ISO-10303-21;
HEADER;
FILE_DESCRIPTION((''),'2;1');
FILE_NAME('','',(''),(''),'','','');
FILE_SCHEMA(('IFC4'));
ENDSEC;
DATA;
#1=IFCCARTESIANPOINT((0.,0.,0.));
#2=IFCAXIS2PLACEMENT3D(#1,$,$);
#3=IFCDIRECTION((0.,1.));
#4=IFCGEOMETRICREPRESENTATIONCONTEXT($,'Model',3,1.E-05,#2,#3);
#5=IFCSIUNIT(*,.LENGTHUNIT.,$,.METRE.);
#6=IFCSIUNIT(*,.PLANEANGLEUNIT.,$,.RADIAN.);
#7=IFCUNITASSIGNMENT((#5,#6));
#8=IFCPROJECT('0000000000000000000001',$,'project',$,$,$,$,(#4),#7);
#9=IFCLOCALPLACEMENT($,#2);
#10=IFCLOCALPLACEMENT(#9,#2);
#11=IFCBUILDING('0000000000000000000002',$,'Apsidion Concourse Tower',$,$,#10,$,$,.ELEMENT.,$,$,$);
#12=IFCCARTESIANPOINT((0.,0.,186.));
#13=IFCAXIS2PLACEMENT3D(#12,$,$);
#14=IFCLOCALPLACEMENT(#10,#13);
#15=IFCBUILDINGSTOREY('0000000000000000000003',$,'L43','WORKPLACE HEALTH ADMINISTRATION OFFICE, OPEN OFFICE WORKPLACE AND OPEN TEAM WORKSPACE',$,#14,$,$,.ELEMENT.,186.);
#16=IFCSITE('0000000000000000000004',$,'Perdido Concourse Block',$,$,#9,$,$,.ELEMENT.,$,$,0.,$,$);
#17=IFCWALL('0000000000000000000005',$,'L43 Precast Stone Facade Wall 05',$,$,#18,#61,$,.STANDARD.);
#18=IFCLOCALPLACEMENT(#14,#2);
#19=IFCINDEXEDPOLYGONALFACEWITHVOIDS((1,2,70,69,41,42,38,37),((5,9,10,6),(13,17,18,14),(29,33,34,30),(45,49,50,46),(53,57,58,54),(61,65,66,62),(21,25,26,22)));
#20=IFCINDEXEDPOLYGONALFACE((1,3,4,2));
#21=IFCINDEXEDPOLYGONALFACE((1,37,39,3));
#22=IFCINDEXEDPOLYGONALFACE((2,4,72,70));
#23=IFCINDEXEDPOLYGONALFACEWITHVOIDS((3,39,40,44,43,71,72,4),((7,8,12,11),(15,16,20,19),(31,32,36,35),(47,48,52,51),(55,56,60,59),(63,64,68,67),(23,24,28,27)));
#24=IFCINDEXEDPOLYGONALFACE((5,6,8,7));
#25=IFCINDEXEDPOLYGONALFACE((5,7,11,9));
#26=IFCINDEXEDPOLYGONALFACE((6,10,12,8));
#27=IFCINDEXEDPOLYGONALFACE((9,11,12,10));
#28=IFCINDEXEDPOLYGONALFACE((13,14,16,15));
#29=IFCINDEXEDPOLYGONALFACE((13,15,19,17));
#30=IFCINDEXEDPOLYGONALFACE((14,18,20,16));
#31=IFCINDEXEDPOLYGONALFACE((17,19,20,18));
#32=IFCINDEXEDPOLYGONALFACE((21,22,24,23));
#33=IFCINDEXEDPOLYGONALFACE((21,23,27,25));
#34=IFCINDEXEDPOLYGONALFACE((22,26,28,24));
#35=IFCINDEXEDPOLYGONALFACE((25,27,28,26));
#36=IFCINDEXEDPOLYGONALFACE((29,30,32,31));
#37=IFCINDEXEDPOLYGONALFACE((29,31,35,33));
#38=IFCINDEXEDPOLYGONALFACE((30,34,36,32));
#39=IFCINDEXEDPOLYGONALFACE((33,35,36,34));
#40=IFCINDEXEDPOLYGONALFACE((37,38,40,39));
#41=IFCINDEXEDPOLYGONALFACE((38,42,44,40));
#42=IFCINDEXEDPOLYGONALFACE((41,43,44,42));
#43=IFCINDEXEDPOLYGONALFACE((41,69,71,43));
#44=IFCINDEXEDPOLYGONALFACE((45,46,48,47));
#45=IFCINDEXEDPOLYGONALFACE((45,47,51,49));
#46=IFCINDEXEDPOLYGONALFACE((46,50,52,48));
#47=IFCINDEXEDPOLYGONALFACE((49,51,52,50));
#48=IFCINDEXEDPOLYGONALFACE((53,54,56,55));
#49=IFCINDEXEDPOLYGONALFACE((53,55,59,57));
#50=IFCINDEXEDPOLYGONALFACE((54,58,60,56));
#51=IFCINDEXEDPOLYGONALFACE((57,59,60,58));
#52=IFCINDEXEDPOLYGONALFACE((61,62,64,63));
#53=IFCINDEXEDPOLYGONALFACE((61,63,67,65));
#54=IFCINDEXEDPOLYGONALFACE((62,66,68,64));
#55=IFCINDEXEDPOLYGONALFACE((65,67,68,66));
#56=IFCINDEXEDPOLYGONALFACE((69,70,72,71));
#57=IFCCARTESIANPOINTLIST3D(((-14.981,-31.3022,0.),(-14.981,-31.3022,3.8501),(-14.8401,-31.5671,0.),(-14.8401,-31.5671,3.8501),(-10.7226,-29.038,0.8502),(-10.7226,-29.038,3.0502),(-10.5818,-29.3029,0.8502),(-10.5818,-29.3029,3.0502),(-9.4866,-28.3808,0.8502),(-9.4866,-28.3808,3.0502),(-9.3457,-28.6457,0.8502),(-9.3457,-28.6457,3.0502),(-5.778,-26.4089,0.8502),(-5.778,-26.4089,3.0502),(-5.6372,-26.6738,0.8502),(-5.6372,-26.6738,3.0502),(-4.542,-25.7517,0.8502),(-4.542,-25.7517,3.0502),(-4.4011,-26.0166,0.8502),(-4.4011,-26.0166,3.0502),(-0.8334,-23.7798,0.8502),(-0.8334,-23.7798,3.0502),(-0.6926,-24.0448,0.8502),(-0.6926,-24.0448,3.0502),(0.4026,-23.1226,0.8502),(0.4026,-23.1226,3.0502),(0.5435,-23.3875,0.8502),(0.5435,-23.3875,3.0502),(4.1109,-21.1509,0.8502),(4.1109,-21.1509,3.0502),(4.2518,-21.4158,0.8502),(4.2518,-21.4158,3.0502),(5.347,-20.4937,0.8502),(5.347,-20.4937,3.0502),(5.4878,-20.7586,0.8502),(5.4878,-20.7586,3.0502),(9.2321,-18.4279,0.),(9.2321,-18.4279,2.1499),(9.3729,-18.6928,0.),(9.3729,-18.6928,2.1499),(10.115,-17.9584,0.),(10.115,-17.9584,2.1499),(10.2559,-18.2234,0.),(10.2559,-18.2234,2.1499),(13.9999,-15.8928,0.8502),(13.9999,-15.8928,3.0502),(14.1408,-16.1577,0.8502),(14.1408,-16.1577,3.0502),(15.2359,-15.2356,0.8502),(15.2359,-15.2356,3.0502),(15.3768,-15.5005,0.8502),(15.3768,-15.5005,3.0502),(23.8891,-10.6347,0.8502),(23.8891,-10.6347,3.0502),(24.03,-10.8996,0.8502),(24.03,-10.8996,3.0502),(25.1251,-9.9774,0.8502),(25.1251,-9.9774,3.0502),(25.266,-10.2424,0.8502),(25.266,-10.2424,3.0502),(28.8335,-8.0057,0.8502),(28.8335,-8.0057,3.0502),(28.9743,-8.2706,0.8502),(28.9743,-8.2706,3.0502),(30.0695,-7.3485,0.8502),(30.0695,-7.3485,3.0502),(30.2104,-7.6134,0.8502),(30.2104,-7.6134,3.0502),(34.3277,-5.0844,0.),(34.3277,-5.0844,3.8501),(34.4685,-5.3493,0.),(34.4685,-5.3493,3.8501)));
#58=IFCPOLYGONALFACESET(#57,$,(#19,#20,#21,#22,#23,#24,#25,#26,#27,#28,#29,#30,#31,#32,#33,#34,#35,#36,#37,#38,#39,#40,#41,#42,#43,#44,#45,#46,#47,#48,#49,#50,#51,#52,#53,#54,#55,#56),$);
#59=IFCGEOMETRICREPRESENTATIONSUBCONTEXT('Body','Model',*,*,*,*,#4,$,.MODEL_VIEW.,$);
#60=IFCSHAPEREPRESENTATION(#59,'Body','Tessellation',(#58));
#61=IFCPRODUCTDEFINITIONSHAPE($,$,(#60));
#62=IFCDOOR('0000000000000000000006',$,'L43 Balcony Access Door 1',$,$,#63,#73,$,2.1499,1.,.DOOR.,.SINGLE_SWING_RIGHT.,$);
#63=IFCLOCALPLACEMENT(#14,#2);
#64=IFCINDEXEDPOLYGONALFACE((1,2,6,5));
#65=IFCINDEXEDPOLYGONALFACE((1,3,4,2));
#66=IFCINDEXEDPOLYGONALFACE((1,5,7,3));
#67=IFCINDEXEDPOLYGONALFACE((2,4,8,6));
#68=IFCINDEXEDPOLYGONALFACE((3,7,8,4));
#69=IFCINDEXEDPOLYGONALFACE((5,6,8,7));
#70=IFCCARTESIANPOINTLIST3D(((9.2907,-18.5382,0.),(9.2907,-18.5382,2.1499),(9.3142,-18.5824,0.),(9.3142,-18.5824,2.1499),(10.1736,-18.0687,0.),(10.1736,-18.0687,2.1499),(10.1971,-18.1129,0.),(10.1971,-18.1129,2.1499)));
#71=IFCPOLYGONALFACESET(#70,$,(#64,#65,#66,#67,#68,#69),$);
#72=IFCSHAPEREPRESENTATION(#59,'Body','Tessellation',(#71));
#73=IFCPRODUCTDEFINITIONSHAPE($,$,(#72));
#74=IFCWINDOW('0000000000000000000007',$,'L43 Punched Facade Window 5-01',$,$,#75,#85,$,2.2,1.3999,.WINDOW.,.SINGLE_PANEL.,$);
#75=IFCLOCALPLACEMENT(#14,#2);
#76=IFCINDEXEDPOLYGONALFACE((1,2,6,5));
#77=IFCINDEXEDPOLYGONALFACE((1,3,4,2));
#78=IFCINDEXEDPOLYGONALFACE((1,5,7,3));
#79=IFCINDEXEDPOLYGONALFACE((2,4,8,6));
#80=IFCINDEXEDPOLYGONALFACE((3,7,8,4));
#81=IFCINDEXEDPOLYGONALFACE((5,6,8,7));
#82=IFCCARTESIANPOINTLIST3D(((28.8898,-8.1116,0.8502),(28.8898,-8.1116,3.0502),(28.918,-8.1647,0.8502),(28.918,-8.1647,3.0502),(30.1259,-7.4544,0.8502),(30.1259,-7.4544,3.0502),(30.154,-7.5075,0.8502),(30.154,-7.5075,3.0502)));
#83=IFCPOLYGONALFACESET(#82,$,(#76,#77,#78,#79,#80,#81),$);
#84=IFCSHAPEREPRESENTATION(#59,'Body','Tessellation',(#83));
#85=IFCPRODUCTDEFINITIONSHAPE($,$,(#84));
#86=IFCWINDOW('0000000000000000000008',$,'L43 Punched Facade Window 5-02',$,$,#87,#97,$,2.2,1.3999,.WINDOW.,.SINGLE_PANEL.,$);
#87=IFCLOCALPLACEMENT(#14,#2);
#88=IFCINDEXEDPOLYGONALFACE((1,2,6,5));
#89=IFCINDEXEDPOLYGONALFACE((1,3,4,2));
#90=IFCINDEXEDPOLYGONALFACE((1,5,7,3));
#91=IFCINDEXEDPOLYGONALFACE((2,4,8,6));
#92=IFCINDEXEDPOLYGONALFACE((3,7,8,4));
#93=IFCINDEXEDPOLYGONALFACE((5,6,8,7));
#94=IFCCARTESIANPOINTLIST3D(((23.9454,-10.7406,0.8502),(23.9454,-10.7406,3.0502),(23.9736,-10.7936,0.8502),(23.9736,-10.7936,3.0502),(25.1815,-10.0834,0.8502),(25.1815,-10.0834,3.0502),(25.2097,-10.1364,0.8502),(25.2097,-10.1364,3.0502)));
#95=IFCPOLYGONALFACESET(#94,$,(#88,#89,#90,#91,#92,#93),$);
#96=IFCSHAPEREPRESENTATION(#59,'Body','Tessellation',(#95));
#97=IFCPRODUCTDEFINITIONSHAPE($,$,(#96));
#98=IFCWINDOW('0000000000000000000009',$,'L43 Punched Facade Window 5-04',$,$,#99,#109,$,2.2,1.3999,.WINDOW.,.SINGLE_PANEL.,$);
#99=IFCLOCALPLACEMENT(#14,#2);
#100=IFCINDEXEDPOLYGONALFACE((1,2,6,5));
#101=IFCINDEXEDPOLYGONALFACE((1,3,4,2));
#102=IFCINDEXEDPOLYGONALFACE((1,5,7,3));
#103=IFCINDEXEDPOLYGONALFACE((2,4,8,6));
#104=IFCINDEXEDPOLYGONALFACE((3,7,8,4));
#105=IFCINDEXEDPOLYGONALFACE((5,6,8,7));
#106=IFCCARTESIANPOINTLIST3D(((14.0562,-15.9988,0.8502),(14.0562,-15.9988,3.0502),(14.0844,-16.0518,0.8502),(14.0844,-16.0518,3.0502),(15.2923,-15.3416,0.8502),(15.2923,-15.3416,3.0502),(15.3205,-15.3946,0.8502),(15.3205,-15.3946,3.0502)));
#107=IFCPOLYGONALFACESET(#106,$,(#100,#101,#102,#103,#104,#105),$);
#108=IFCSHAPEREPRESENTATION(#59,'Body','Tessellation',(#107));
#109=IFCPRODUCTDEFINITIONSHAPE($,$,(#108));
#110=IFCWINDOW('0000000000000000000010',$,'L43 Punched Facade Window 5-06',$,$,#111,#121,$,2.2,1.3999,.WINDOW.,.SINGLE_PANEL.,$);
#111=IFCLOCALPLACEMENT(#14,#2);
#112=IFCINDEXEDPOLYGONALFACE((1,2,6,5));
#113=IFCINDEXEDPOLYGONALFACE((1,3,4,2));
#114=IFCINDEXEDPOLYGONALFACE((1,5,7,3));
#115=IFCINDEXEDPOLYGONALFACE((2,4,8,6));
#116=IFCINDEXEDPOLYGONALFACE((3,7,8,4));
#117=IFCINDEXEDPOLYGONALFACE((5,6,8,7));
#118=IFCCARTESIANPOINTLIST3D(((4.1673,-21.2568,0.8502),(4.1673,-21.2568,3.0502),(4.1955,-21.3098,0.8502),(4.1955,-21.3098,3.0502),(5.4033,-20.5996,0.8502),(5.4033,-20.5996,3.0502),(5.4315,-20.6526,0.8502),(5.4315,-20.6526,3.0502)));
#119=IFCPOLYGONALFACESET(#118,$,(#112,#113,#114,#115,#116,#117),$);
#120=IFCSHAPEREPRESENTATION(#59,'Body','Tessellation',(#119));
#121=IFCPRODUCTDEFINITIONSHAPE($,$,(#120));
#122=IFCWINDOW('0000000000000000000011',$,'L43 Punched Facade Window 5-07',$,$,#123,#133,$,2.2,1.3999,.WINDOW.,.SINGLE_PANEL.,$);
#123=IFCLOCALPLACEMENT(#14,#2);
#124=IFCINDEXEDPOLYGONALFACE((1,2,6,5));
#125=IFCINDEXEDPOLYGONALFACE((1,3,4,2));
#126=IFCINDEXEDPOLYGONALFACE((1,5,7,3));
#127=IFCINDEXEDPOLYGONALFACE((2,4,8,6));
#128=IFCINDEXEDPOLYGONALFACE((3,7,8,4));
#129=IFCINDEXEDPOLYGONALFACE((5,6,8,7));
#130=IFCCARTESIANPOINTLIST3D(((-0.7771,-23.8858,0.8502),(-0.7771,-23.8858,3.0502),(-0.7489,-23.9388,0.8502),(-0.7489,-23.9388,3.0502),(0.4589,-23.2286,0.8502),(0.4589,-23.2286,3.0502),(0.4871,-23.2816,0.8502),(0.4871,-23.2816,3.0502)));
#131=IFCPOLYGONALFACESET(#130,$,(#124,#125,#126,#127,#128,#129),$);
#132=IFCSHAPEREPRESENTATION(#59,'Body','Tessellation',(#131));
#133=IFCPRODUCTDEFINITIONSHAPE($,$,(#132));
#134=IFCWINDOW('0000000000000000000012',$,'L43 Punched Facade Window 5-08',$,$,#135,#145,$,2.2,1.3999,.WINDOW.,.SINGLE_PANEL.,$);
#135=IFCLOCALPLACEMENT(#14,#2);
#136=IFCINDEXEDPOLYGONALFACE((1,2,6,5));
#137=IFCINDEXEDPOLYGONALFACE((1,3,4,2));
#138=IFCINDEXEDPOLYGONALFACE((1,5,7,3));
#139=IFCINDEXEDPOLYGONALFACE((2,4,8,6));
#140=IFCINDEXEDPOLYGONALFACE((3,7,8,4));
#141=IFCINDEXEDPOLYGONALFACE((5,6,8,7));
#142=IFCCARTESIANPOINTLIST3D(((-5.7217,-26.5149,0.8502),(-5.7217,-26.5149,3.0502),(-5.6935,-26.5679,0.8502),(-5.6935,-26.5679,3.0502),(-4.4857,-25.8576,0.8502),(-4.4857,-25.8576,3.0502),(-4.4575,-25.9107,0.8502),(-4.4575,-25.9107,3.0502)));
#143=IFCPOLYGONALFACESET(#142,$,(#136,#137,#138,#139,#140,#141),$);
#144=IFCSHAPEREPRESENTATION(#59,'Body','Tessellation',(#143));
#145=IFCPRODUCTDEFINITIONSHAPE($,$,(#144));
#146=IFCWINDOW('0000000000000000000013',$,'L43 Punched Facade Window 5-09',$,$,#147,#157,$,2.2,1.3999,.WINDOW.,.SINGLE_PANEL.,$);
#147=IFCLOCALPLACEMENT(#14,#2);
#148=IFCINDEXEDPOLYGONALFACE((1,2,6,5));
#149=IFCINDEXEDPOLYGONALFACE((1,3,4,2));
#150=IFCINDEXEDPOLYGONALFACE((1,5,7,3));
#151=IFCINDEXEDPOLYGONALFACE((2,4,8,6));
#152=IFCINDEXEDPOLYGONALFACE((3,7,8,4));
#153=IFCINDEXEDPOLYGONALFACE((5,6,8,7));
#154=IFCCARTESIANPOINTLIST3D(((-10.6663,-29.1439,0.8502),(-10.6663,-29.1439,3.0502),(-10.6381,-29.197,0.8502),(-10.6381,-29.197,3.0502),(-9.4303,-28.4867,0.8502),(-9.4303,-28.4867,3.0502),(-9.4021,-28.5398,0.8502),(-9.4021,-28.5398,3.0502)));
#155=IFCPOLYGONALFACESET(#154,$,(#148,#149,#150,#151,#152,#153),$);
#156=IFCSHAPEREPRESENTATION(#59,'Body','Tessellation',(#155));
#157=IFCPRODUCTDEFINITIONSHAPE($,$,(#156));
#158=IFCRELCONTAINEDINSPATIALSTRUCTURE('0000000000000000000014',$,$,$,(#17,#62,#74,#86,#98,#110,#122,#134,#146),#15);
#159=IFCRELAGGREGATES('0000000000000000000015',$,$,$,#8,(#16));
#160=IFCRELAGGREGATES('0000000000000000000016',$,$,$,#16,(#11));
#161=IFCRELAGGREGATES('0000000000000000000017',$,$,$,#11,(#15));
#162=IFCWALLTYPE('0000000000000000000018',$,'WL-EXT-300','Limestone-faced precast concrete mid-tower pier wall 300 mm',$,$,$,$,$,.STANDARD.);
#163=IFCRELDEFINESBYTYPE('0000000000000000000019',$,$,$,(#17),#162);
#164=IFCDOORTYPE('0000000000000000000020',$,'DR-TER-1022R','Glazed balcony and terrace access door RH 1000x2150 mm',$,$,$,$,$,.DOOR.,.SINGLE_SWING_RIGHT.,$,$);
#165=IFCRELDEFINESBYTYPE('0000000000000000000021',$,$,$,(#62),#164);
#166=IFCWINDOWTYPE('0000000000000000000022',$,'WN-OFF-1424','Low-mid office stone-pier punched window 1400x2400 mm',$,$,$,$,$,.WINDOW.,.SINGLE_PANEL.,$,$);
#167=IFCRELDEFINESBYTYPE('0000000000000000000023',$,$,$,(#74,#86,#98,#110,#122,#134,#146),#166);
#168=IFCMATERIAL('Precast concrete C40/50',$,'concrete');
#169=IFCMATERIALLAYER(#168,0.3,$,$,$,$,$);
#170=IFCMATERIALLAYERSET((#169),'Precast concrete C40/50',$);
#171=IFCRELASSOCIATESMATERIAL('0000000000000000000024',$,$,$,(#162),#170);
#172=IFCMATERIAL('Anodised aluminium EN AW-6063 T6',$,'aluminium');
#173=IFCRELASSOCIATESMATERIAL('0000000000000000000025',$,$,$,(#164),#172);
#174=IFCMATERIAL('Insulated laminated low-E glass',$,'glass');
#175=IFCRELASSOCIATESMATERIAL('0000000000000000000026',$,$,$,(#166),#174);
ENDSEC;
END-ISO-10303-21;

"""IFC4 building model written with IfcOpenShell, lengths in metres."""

from ifc_helpers import new_model, si_unit, direction, frame, frame_2d, origin, place, context, subcontext, project, spatial, rectangle, extrude, material, layer, layer_set, type_object, element, fill, save


model = new_model("IFC4")

# Units and contexts
model_context = context("Model", 3, precision=1e-05, world=origin(), true_north=direction((0.0, 1.0)))
body_context = subcontext(model_context, "Body", "Model", "MODEL_VIEW")
ifc_project = project(units=[si_unit("LENGTHUNIT", "METRE"), si_unit("PLANEANGLEUNIT", "RADIAN")], contexts=[model_context])

# Site, building, storey
site_placement = place(None, origin())
site = spatial("IfcSite", under=ifc_project, at=site_placement, Name="Perdido Concourse Block", CompositionType="ELEMENT", RefElevation=0.0)
building_placement = place(site_placement, origin())
building = spatial("IfcBuilding", under=site, at=building_placement, Name="Apsidion Concourse Tower", CompositionType="ELEMENT")
storey_placement = place(building_placement, frame((0.0, 0.0, 186.0)))
storey = spatial("IfcBuildingStorey", under=building, at=storey_placement, Name="L43", Description="WORKPLACE HEALTH ADMINISTRATION OFFICE, OPEN OFFICE WORKPLACE AND OPEN TEAM WORKSPACE", CompositionType="ELEMENT", Elevation=186.0)

# Shared definitions
ifc_material_1 = material(Name="Precast concrete C40/50", Category="concrete")
ifc_layer_1 = layer(ifc_material_1, 0.3)
ifc_layer_set_1 = layer_set([ifc_layer_1], Name="Precast concrete C40/50")
wall_type_1 = type_object("IfcWallType", Name="WL-EXT-300", Description="Limestone-faced precast concrete mid-tower pier wall 300 mm", PredefinedType="STANDARD", material=ifc_layer_set_1)

# Wall, openings, door, windows
wall_1_placement = place(storey_placement, frame((34.3982, -5.2168, 0.0), z_axis=(0.0, 0.0, 1.0), x_axis=(-0.882948, -0.469471, 0.0)))
wall_1 = element("IfcWall", 1, at=wall_1_placement, inside=storey, type_object=wall_type_1, Name="L43 Precast Stone Facade Wall 05", PredefinedType="STANDARD", context=body_context, shape_type="SweptSolid", body=[
    extrude(rectangle(XDim=55.8455, YDim=0.3, at=frame_2d((27.9229, 0.0))), origin(), (0.0, 0.0, 1.0), 3.8501),
])
opening_1_placement = place(wall_1_placement, frame((27.4226, 0.0, 0.0)))
opening_1 = element("IfcOpeningElement", 2, at=opening_1_placement, cuts=wall_1, PredefinedType="OPENING", context=body_context, shape_type="SweptSolid", body=[
    extrude(rectangle(XDim=1.0, YDim=2.1499, at=frame_2d((0.5, 1.075))), frame((0.0, 0.1602, 0.0), z_axis=(0.0, -1.0, 0.0), x_axis=(1.0, 0.0, 0.0)), (0.0, 0.0, 1.0), 0.3201),
])
opening_2_placement = place(wall_1_placement, frame((4.8228, 0.0, 0.8501)))
opening_2 = element("IfcOpeningElement", 3, at=opening_2_placement, cuts=wall_1, PredefinedType="OPENING", context=body_context, shape_type="SweptSolid", body=[
    extrude(rectangle(XDim=1.3999, YDim=2.2, at=frame_2d((0.7, 1.1001))), frame((0.0, 0.1602, 0.0), z_axis=(0.0, -1.0, 0.0), x_axis=(1.0, 0.0, 0.0)), (0.0, 0.0, 1.0), 0.3201),
])
opening_3_placement = place(wall_1_placement, frame((10.4226, 0.0, 0.8501)))
opening_3 = element("IfcOpeningElement", 4, at=opening_3_placement, cuts=wall_1, PredefinedType="OPENING", context=body_context, shape_type="SweptSolid", body=[
    extrude(rectangle(XDim=1.3999, YDim=2.2, at=frame_2d((0.7, 1.1001))), frame((0.0, 0.1602, 0.0), z_axis=(0.0, -1.0, 0.0), x_axis=(1.0, 0.0, 0.0)), (0.0, 0.0, 1.0), 0.3201),
])
opening_4_placement = place(wall_1_placement, frame((21.6228, 0.0, 0.8501)))
opening_4 = element("IfcOpeningElement", 5, at=opening_4_placement, cuts=wall_1, PredefinedType="OPENING", context=body_context, shape_type="SweptSolid", body=[
    extrude(rectangle(XDim=1.3999, YDim=2.2, at=frame_2d((0.7, 1.1001))), frame((0.0, 0.1602, 0.0), z_axis=(0.0, -1.0, 0.0), x_axis=(1.0, 0.0, 0.0)), (0.0, 0.0, 1.0), 0.3201),
])
opening_5_placement = place(wall_1_placement, frame((32.8228, 0.0, 0.8501)))
opening_5 = element("IfcOpeningElement", 6, at=opening_5_placement, cuts=wall_1, PredefinedType="OPENING", context=body_context, shape_type="SweptSolid", body=[
    extrude(rectangle(XDim=1.3999, YDim=2.2, at=frame_2d((0.7, 1.1001))), frame((0.0, 0.1602, 0.0), z_axis=(0.0, -1.0, 0.0), x_axis=(1.0, 0.0, 0.0)), (0.0, 0.0, 1.0), 0.3201),
])
opening_6_placement = place(wall_1_placement, frame((38.4226, 0.0, 0.8501)))
opening_6 = element("IfcOpeningElement", 7, at=opening_6_placement, cuts=wall_1, PredefinedType="OPENING", context=body_context, shape_type="SweptSolid", body=[
    extrude(rectangle(XDim=1.3999, YDim=2.2, at=frame_2d((0.7, 1.1001))), frame((0.0, 0.1602, 0.0), z_axis=(0.0, -1.0, 0.0), x_axis=(1.0, 0.0, 0.0)), (0.0, 0.0, 1.0), 0.3201),
])
opening_7_placement = place(wall_1_placement, frame((44.0227, 0.0, 0.8501)))
opening_7 = element("IfcOpeningElement", 8, at=opening_7_placement, cuts=wall_1, PredefinedType="OPENING", context=body_context, shape_type="SweptSolid", body=[
    extrude(rectangle(XDim=1.3999, YDim=2.2, at=frame_2d((0.7, 1.1001))), frame((0.0, 0.1602, 0.0), z_axis=(0.0, -1.0, 0.0), x_axis=(1.0, 0.0, 0.0)), (0.0, 0.0, 1.0), 0.3201),
])
opening_8_placement = place(wall_1_placement, frame((49.6228, 0.0, 0.8501)))
opening_8 = element("IfcOpeningElement", 9, at=opening_8_placement, cuts=wall_1, PredefinedType="OPENING", context=body_context, shape_type="SweptSolid", body=[
    extrude(rectangle(XDim=1.3999, YDim=2.2, at=frame_2d((0.7, 1.1001))), frame((0.0, 0.1602, 0.0), z_axis=(0.0, -1.0, 0.0), x_axis=(1.0, 0.0, 0.0)), (0.0, 0.0, 1.0), 0.3201),
])
ifc_material_2 = material(Name="Anodised aluminium EN AW-6063 T6", Category="aluminium")
door_type = type_object("IfcDoorType", Name="DR-TER-1022R", Description="Glazed balcony and terrace access door RH 1000x2150 mm", OperationType="SINGLE_SWING_RIGHT", PredefinedType="DOOR", material=ifc_material_2)
door_placement = place(opening_1_placement, origin())
door = element("IfcDoor", 10, at=door_placement, inside=storey, type_object=door_type, Name="L43 Balcony Access Door 1", OperationType="SINGLE_SWING_RIGHT", OverallHeight=2.1499, OverallWidth=1.0, PredefinedType="DOOR", context=body_context, shape_type="SweptSolid", body=[
    extrude(rectangle(XDim=1.0, YDim=2.1499, at=frame_2d((0.5, 1.075))), frame((0.0, 0.0249, 0.0), z_axis=(0.0, -1.0, 0.0), x_axis=(1.0, 0.0, 0.0)), (0.0, 0.0, 1.0), 0.05),
])
fill(opening_1, door)
ifc_material_3 = material(Name="Insulated laminated low-E glass", Category="glass")
window_type = type_object("IfcWindowType", Name="WN-OFF-1424", Description="Low-mid office stone-pier punched window 1400x2400 mm", PartitioningType="SINGLE_PANEL", PredefinedType="WINDOW", material=ifc_material_3)
window_1_placement = place(opening_2_placement, origin())
window_1 = element("IfcWindow", 11, at=window_1_placement, inside=storey, type_object=window_type, Name="L43 Punched Facade Window 5-01", OverallHeight=2.2, OverallWidth=1.3999, PartitioningType="SINGLE_PANEL", PredefinedType="WINDOW", context=body_context, shape_type="SweptSolid", body=[
    extrude(rectangle(XDim=1.3999, YDim=2.2, at=frame_2d((0.7, 1.1001))), frame((0.0, 0.03, 0.0), z_axis=(0.0, -1.0, 0.0), x_axis=(1.0, 0.0, 0.0)), (0.0, 0.0, 1.0), 0.0601),
])
fill(opening_2, window_1)
window_2_placement = place(opening_3_placement, origin())
window_2 = element("IfcWindow", 12, at=window_2_placement, inside=storey, type_object=window_type, Name="L43 Punched Facade Window 5-02", OverallHeight=2.2, OverallWidth=1.3999, PartitioningType="SINGLE_PANEL", PredefinedType="WINDOW", context=body_context, shape_type="SweptSolid", body=[
    extrude(rectangle(XDim=1.3999, YDim=2.2, at=frame_2d((0.7, 1.1001))), frame((0.0, 0.03, 0.0), z_axis=(0.0, -1.0, 0.0), x_axis=(1.0, 0.0, 0.0)), (0.0, 0.0, 1.0), 0.0601),
])
fill(opening_3, window_2)
window_3_placement = place(opening_4_placement, origin())
window_3 = element("IfcWindow", 13, at=window_3_placement, inside=storey, type_object=window_type, Name="L43 Punched Facade Window 5-04", OverallHeight=2.2, OverallWidth=1.3999, PartitioningType="SINGLE_PANEL", PredefinedType="WINDOW", context=body_context, shape_type="SweptSolid", body=[
    extrude(rectangle(XDim=1.3999, YDim=2.2, at=frame_2d((0.7, 1.1001))), frame((0.0, 0.03, 0.0), z_axis=(0.0, -1.0, 0.0), x_axis=(1.0, 0.0, 0.0)), (0.0, 0.0, 1.0), 0.0601),
])
fill(opening_4, window_3)
window_4_placement = place(opening_5_placement, origin())
window_4 = element("IfcWindow", 14, at=window_4_placement, inside=storey, type_object=window_type, Name="L43 Punched Facade Window 5-06", OverallHeight=2.2, OverallWidth=1.3999, PartitioningType="SINGLE_PANEL", PredefinedType="WINDOW", context=body_context, shape_type="SweptSolid", body=[
    extrude(rectangle(XDim=1.3999, YDim=2.2, at=frame_2d((0.7, 1.1001))), frame((0.0, 0.03, 0.0), z_axis=(0.0, -1.0, 0.0), x_axis=(1.0, 0.0, 0.0)), (0.0, 0.0, 1.0), 0.0601),
])
fill(opening_5, window_4)
window_5_placement = place(opening_6_placement, origin())
window_5 = element("IfcWindow", 15, at=window_5_placement, inside=storey, type_object=window_type, Name="L43 Punched Facade Window 5-07", OverallHeight=2.2, OverallWidth=1.3999, PartitioningType="SINGLE_PANEL", PredefinedType="WINDOW", context=body_context, shape_type="SweptSolid", body=[
    extrude(rectangle(XDim=1.3999, YDim=2.2, at=frame_2d((0.7, 1.1001))), frame((0.0, 0.03, 0.0), z_axis=(0.0, -1.0, 0.0), x_axis=(1.0, 0.0, 0.0)), (0.0, 0.0, 1.0), 0.0601),
])
fill(opening_6, window_5)
window_6_placement = place(opening_7_placement, origin())
window_6 = element("IfcWindow", 16, at=window_6_placement, inside=storey, type_object=window_type, Name="L43 Punched Facade Window 5-08", OverallHeight=2.2, OverallWidth=1.3999, PartitioningType="SINGLE_PANEL", PredefinedType="WINDOW", context=body_context, shape_type="SweptSolid", body=[
    extrude(rectangle(XDim=1.3999, YDim=2.2, at=frame_2d((0.7, 1.1001))), frame((0.0, 0.03, 0.0), z_axis=(0.0, -1.0, 0.0), x_axis=(1.0, 0.0, 0.0)), (0.0, 0.0, 1.0), 0.0601),
])
fill(opening_7, window_6)
window_7_placement = place(opening_8_placement, origin())
window_7 = element("IfcWindow", 17, at=window_7_placement, inside=storey, type_object=window_type, Name="L43 Punched Facade Window 5-09", OverallHeight=2.2, OverallWidth=1.3999, PartitioningType="SINGLE_PANEL", PredefinedType="WINDOW", context=body_context, shape_type="SweptSolid", body=[
    extrude(rectangle(XDim=1.3999, YDim=2.2, at=frame_2d((0.7, 1.1001))), frame((0.0, 0.03, 0.0), z_axis=(0.0, -1.0, 0.0), x_axis=(1.0, 0.0, 0.0)), (0.0, 0.0, 1.0), 0.0601),
])
fill(opening_8, window_7)

save(model, "model.ifc")
